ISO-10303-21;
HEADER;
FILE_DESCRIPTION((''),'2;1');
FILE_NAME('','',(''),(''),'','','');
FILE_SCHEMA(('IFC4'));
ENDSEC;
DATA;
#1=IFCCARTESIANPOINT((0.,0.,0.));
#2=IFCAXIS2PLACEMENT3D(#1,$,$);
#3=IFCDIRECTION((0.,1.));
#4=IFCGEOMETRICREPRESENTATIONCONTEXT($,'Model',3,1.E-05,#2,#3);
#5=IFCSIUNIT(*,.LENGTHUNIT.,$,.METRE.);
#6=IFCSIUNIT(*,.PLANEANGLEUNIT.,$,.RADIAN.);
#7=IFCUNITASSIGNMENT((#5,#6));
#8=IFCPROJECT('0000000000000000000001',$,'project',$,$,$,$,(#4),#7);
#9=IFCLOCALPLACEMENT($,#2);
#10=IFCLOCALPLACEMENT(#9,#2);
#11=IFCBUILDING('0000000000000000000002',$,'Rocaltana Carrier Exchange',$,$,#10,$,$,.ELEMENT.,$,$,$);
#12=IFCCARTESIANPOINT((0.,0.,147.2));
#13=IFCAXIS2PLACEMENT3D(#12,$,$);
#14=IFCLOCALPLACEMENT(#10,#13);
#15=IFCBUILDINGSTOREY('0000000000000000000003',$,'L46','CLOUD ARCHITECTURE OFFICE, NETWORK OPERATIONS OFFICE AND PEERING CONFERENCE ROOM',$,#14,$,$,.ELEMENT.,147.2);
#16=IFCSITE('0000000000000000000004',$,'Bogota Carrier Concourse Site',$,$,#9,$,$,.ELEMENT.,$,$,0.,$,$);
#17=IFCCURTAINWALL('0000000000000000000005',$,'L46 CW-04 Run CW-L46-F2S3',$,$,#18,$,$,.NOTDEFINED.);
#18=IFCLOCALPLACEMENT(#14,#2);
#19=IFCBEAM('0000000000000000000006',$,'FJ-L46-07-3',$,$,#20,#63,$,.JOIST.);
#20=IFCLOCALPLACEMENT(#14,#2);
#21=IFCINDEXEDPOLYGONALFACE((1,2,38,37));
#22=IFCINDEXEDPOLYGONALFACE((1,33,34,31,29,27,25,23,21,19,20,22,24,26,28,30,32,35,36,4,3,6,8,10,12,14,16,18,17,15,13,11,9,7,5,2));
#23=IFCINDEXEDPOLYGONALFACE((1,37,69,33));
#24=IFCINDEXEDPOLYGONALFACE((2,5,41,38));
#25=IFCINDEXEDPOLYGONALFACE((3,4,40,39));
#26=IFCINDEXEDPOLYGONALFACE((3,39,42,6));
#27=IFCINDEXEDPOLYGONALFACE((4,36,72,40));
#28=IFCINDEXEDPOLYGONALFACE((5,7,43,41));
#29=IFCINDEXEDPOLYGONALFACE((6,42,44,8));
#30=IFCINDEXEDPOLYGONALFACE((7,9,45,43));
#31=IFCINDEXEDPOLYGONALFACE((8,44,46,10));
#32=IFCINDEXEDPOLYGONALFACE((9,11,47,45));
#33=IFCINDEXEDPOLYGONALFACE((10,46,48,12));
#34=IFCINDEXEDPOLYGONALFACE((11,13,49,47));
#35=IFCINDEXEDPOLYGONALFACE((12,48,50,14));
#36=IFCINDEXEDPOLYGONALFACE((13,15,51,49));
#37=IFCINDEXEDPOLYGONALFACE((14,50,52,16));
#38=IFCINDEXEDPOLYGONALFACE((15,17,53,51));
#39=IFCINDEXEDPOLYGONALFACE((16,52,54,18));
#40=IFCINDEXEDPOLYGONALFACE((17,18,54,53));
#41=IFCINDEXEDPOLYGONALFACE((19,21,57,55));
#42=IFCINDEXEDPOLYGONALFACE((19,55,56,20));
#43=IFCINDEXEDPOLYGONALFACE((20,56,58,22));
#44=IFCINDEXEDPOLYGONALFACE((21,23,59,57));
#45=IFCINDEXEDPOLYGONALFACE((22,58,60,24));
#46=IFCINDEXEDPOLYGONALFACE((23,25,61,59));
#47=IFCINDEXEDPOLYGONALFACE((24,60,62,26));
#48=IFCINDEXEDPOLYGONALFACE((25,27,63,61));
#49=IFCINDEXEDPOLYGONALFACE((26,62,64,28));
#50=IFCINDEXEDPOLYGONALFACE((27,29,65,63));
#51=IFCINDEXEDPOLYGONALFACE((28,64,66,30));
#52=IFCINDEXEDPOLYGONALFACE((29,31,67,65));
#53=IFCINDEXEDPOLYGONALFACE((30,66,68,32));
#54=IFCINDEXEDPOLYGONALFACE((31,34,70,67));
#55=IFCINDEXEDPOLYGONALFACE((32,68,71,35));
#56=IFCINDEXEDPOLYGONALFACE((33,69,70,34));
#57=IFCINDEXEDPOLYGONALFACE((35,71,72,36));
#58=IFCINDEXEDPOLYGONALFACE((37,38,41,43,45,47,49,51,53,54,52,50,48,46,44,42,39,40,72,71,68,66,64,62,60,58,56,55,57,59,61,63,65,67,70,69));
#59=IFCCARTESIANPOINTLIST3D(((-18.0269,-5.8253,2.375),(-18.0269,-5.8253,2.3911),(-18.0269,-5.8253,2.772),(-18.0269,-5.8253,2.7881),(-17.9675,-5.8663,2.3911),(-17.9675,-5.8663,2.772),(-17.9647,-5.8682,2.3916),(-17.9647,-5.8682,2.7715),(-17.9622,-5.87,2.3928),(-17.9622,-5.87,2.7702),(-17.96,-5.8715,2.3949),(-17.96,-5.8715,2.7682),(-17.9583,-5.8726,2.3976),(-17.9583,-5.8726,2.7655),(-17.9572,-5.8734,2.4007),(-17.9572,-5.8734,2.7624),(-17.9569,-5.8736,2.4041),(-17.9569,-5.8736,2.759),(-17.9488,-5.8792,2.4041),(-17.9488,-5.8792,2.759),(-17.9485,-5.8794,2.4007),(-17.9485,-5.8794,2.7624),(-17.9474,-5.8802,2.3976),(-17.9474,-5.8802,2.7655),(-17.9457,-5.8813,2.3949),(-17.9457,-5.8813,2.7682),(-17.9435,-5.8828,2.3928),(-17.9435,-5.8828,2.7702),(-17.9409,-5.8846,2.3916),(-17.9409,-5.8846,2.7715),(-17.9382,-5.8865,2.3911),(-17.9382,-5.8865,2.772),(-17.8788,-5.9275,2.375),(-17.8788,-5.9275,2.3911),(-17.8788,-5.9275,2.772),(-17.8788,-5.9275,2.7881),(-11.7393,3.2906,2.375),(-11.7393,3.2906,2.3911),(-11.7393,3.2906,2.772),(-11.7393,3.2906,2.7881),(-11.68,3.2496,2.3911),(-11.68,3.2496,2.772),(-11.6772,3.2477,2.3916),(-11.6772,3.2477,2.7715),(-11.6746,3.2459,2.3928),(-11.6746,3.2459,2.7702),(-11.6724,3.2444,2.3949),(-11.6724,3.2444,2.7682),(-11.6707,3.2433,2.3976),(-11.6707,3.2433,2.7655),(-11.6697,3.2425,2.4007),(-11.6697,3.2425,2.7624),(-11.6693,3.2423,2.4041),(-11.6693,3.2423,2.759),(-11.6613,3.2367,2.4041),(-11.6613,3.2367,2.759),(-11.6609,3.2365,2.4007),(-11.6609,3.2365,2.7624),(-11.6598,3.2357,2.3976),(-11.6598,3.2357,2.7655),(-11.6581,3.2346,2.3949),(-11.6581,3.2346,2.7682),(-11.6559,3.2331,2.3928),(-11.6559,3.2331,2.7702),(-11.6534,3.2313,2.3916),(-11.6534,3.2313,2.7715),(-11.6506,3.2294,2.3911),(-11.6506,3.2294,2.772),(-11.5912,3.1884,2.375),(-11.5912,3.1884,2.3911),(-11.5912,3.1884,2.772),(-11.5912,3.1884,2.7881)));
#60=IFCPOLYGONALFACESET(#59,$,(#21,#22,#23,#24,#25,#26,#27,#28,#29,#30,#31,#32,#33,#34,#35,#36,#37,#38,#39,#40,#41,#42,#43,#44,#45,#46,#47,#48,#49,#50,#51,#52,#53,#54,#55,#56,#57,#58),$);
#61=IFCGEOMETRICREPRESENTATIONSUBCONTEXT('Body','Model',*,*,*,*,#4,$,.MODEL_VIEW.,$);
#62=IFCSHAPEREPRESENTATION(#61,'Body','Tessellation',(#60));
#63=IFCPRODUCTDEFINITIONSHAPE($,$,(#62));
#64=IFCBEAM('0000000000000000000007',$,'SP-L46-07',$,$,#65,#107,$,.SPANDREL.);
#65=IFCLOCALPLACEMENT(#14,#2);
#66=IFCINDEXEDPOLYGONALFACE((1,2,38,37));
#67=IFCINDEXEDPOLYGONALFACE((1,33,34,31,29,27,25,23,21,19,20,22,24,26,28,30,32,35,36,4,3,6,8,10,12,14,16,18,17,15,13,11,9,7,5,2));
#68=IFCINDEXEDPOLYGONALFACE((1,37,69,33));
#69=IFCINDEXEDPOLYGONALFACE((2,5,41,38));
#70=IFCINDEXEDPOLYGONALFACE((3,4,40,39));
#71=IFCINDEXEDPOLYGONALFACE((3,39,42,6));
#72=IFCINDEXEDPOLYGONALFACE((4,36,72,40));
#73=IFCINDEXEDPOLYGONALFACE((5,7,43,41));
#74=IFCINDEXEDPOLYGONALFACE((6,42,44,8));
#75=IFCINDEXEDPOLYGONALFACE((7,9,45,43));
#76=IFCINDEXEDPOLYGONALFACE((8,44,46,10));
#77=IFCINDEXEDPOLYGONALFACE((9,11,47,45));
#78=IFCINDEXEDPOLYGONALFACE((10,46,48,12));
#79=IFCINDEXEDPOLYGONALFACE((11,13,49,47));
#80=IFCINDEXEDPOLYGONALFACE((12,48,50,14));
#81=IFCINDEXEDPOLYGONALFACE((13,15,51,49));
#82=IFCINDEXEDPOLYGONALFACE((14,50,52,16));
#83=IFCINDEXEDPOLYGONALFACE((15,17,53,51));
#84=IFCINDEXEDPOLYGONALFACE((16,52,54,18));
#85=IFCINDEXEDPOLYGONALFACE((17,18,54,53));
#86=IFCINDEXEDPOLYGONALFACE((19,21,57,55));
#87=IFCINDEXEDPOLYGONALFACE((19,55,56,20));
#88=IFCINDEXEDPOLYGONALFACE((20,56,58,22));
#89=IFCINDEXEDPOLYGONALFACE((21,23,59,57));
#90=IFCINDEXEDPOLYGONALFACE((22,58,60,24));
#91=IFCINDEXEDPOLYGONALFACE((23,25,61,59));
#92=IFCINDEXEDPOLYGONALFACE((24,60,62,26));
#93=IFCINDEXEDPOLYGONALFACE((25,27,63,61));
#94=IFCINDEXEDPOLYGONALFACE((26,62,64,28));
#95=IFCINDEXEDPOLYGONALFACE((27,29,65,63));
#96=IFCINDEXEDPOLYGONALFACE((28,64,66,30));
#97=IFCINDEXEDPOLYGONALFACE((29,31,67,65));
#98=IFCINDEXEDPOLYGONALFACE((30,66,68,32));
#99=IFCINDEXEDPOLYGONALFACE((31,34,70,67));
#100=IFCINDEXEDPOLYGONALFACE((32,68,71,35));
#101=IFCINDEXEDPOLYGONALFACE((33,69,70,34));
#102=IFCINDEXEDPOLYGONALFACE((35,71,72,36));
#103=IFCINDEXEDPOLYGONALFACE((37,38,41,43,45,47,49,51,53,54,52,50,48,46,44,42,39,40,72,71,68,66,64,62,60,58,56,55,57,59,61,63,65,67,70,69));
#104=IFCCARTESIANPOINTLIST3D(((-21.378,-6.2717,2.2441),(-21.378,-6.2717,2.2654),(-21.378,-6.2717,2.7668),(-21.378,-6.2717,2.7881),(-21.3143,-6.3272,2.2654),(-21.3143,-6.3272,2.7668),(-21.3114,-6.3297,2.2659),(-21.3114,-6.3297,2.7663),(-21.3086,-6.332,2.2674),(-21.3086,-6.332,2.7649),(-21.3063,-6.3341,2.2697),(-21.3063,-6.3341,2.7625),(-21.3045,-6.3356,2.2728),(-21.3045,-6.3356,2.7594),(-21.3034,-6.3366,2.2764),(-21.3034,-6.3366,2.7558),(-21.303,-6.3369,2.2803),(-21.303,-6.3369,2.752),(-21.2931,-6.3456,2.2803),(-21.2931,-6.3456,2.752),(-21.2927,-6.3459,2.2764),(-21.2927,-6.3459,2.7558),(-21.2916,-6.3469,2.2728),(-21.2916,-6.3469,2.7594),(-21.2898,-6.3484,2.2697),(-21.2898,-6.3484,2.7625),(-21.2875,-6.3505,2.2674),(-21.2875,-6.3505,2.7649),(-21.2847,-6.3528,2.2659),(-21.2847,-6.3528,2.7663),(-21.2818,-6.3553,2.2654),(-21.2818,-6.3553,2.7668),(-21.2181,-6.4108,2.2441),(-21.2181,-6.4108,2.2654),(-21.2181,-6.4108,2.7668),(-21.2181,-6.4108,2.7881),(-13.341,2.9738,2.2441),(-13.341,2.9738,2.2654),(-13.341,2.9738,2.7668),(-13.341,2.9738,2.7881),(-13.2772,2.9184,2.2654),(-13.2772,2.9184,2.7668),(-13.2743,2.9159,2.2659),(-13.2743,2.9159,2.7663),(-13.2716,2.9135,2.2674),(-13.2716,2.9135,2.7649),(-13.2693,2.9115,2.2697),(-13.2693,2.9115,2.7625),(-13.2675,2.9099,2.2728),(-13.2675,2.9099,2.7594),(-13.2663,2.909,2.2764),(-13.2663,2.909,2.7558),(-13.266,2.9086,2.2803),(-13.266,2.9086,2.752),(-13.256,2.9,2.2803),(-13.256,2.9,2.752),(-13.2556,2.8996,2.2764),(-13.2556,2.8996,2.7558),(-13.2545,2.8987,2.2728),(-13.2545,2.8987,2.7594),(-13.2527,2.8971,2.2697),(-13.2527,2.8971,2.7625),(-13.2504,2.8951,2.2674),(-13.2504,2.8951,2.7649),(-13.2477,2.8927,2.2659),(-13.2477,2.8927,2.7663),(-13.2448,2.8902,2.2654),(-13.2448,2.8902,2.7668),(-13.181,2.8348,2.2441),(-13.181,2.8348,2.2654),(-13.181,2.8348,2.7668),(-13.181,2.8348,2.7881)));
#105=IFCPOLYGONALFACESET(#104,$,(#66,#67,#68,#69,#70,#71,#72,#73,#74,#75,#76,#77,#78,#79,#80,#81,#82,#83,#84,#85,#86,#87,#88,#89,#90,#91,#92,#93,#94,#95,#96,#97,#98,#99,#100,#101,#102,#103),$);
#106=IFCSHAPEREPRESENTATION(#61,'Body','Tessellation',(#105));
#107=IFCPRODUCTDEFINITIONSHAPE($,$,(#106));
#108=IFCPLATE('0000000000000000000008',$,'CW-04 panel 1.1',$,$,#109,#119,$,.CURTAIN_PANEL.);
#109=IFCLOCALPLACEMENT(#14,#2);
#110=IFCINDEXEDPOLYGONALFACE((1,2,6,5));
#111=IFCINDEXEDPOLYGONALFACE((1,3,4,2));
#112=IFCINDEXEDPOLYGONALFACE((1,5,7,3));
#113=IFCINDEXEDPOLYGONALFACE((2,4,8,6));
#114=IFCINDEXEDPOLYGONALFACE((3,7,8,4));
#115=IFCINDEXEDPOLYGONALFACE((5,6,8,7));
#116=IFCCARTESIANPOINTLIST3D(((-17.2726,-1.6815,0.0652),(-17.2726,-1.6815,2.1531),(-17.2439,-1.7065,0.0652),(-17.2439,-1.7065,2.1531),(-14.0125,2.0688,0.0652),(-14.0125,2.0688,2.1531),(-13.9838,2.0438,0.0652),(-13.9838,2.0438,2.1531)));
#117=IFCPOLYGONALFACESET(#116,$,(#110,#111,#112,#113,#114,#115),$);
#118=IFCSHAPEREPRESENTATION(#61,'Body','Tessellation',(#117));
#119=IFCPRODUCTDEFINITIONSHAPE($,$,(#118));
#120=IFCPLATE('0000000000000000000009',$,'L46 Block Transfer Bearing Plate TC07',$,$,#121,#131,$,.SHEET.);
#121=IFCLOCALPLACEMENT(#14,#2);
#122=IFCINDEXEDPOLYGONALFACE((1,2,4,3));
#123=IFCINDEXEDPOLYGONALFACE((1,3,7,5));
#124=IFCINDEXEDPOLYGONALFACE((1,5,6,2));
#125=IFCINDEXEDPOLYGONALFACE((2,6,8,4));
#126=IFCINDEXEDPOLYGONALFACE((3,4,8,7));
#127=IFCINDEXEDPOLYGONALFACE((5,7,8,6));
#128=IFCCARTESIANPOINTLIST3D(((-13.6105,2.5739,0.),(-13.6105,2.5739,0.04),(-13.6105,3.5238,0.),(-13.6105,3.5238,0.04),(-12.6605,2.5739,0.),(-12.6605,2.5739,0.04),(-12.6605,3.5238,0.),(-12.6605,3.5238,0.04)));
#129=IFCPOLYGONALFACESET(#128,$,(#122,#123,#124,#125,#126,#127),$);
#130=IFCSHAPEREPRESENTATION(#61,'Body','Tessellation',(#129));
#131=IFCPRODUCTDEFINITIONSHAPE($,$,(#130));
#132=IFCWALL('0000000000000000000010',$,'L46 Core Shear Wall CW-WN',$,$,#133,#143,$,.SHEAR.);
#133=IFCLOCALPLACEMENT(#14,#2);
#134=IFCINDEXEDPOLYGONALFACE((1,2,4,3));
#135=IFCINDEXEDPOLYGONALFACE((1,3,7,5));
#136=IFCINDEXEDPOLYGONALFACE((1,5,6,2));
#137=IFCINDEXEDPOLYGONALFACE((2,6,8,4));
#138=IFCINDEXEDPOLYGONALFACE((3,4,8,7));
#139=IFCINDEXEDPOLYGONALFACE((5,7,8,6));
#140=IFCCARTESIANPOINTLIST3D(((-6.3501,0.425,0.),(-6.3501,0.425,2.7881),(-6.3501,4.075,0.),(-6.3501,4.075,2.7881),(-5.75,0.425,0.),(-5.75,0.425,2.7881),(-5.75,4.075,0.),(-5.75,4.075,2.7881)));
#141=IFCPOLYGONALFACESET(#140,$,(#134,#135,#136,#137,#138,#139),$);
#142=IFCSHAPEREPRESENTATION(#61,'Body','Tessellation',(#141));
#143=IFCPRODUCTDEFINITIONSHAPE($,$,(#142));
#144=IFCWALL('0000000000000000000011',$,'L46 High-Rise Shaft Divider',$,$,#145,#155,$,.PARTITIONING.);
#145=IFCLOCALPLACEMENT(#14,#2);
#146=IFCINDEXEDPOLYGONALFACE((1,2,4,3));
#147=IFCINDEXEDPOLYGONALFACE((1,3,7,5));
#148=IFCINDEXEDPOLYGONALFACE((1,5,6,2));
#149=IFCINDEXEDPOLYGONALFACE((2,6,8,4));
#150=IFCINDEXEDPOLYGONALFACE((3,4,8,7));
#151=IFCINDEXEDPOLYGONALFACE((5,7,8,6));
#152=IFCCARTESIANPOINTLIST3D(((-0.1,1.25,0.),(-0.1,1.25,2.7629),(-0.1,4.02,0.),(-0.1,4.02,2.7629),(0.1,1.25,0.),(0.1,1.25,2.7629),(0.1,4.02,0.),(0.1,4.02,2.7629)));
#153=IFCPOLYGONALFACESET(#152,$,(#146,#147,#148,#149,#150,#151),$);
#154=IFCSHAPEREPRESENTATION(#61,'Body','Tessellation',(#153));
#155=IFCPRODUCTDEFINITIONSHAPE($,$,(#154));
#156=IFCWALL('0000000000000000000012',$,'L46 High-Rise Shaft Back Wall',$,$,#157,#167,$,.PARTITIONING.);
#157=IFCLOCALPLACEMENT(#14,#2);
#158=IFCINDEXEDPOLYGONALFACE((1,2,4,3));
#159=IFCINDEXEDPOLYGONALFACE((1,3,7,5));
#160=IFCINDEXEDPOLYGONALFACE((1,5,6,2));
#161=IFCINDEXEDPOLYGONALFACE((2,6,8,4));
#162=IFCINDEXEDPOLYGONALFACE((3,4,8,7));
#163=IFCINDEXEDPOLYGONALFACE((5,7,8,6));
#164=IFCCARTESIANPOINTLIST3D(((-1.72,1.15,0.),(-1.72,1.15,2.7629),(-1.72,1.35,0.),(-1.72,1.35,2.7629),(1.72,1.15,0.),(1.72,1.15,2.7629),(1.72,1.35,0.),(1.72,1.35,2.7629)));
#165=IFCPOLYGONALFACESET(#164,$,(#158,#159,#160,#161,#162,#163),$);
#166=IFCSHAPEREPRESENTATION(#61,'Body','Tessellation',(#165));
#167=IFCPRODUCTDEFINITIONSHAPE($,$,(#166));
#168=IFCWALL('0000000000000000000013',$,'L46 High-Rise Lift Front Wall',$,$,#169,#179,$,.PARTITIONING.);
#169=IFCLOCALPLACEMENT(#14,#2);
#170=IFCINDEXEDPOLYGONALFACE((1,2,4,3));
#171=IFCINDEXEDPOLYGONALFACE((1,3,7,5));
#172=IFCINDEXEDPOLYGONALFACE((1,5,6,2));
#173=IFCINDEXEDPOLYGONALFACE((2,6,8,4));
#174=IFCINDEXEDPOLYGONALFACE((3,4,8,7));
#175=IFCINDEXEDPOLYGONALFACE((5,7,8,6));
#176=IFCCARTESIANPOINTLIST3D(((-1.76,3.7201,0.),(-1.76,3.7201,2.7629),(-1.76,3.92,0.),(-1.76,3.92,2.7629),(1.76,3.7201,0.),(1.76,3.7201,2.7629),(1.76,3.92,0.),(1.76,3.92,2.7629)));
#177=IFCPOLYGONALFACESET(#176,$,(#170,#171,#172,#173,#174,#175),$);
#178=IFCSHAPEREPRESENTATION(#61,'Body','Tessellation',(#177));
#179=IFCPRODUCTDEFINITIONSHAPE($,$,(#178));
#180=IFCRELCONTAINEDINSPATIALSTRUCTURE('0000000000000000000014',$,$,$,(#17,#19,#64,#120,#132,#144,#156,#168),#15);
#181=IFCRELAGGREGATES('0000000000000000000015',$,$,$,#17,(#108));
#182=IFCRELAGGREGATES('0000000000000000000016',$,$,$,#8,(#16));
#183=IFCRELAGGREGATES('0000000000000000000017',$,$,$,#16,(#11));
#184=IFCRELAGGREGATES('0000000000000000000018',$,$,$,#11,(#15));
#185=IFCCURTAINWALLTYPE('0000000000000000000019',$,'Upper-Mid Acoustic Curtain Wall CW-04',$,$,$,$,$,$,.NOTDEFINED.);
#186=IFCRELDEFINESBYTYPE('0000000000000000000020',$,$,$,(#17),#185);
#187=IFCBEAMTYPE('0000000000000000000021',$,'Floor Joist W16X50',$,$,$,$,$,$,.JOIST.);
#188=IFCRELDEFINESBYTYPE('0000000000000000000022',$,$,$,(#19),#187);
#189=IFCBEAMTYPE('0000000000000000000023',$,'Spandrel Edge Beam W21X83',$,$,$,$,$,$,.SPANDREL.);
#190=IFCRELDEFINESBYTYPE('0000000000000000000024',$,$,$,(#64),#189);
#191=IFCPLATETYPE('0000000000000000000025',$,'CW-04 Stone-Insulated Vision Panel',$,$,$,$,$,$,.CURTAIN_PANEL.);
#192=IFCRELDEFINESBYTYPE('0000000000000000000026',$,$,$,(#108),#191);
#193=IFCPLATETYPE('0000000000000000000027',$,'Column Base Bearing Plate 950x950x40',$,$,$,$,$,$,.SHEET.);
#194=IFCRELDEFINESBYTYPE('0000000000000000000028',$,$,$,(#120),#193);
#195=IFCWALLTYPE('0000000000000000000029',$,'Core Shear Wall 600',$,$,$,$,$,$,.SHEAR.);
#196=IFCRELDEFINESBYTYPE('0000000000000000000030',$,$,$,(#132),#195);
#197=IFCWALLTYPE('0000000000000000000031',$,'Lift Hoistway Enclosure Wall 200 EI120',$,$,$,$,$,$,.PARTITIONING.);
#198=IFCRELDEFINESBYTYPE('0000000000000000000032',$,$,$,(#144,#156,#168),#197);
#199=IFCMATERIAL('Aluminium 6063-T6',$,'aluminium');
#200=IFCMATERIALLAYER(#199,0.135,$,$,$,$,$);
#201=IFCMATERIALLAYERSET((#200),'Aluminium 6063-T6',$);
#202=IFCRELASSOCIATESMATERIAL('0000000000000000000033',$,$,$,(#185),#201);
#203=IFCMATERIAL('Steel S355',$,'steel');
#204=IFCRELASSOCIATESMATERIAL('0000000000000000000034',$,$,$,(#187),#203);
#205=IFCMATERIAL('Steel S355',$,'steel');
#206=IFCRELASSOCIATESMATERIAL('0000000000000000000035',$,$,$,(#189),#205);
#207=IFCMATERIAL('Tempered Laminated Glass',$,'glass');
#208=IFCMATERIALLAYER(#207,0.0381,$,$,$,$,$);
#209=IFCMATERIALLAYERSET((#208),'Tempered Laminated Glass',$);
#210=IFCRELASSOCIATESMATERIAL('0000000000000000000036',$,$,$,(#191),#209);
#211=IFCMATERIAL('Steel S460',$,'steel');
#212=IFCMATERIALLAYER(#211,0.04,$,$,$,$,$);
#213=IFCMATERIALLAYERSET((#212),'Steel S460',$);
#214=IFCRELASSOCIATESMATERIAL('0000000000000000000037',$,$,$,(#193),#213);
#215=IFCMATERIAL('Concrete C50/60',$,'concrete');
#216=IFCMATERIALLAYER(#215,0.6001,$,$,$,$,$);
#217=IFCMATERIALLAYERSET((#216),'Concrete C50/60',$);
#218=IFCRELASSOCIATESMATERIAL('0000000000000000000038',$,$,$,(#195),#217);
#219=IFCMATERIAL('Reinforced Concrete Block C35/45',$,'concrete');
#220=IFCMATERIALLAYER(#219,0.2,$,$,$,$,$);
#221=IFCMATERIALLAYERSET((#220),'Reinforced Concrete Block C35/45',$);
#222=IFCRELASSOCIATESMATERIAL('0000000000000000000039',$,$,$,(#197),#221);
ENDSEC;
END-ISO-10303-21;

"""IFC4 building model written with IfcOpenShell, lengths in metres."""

from ifc_helpers import new_model, si_unit, direction, frame, frame_2d, origin, origin_2d, place, context, subcontext, project, spatial, rectangle, i_section, extrude, material, layer, layer_set, material_profile, profile_set, type_object, element, aggregate, save


model = new_model("IFC4")

# Units and contexts
model_context = context("Model", 3, precision=1e-05, world=origin(), true_north=direction((0.0, 1.0)))
body_context = subcontext(model_context, "Body", "Model", "MODEL_VIEW")
ifc_project = project(units=[si_unit("LENGTHUNIT", "METRE"), si_unit("PLANEANGLEUNIT", "RADIAN")], contexts=[model_context])

# Site, building, storey
site_placement = place(None, origin())
site = spatial("IfcSite", under=ifc_project, at=site_placement, Name="Bogota Carrier Concourse Site", CompositionType="ELEMENT", RefElevation=0.0)
building_placement = place(site_placement, origin())
building = spatial("IfcBuilding", under=site, at=building_placement, Name="Rocaltana Carrier Exchange", CompositionType="ELEMENT")
storey_placement = place(building_placement, frame((0.0, 0.0, 147.2)))
storey = spatial("IfcBuildingStorey", under=building, at=storey_placement, Name="L46", Description="CLOUD ARCHITECTURE OFFICE, NETWORK OPERATIONS OFFICE AND PEERING CONFERENCE ROOM", CompositionType="ELEMENT", Elevation=147.2)

# Shared definitions
ifc_material_1 = material(Name="Aluminium 6063-T6", Category="aluminium")
ifc_layer_1 = layer(ifc_material_1, 0.135)
ifc_layer_set_1 = layer_set([ifc_layer_1], Name="Aluminium 6063-T6")
curtain_wall_type = type_object("IfcCurtainWallType", Name="Upper-Mid Acoustic Curtain Wall CW-04", PredefinedType="NOTDEFINED", material=ifc_layer_set_1)

# Curtain wall
curtain_wall_1_placement = place(storey_placement, origin())
curtain_wall_1 = element("IfcCurtainWall", 1, at=curtain_wall_1_placement, inside=storey, type_object=curtain_wall_type, Name="L46 CW-04 Run CW-L46-F2S3", PredefinedType="NOTDEFINED")

# Beams
ifc_material_2 = material(Name="Steel S355", Category="steel")
ifc_material_profile_1 = material_profile(ifc_material_2, i_section(OverallWidth=0.1799, OverallDepth=0.4131, WebThickness=0.0098, FlangeThickness=0.0161, FilletRadius=0.0129, at=origin_2d()), Name="W16X50")
ifc_profile_set_1 = profile_set([ifc_material_profile_1], Name="Steel S355")
beam_type_1 = type_object("IfcBeamType", Name="Floor Joist W16X50", PredefinedType="JOIST", material=ifc_profile_set_1)
beam_1_placement = place(storey_placement, frame((-11.6653, 3.2395, 2.5815), z_axis=(-0.567777, -0.823182, 0.0), x_axis=(0.823182, -0.567777, 0.0)))
element("IfcBeam", 2, at=beam_1_placement, inside=storey, type_object=beam_type_1, Name="FJ-L46-07-3", PredefinedType="JOIST", context=body_context, shape_type="SweptSolid", body=[
    extrude(i_section(OverallWidth=0.1799, OverallDepth=0.4131, WebThickness=0.0098, FlangeThickness=0.0161, FilletRadius=0.0129, at=origin_2d()), origin(), (0.0, 0.0, 1.0), 11.074),
])
ifc_material_3 = material(Name="Steel S355", Category="steel")
ifc_material_profile_2 = material_profile(ifc_material_3, i_section(OverallWidth=0.2119, OverallDepth=0.5439, WebThickness=0.0132, FlangeThickness=0.0212, FilletRadius=0.0149, at=origin_2d()), Name="W21X83")
ifc_profile_set_2 = profile_set([ifc_material_profile_2], Name="Steel S355")
beam_type_2 = type_object("IfcBeamType", Name="Spandrel Edge Beam W21X83", PredefinedType="SPANDREL", material=ifc_profile_set_2)
beam_2_placement = place(storey_placement, frame((-13.261, 2.9043, 2.5161), z_axis=(-0.65606, -0.754708, 0.0), x_axis=(0.754708, -0.65606, 0.0)))
element("IfcBeam", 3, at=beam_2_placement, inside=storey, type_object=beam_type_2, Name="SP-L46-07", PredefinedType="SPANDREL", context=body_context, shape_type="SweptSolid", body=[
    extrude(i_section(OverallWidth=0.2119, OverallDepth=0.5439, WebThickness=0.0132, FlangeThickness=0.0212, FilletRadius=0.0149, at=origin_2d()), origin(), (0.0, 0.0, 1.0), 12.2505),
])

# Plates
ifc_material_4 = material(Name="Tempered Laminated Glass", Category="glass")
ifc_layer_2 = layer(ifc_material_4, 0.0381)
ifc_layer_set_2 = layer_set([ifc_layer_2], Name="Tempered Laminated Glass")
plate_type_1 = type_object("IfcPlateType", Name="CW-04 Stone-Insulated Vision Panel", PredefinedType="CURTAIN_PANEL", material=ifc_layer_set_2)
plate_1_placement = place(storey_placement, frame((-15.6282, 0.1812, 0.0652), z_axis=(0.0, 0.0, 1.0), x_axis=(-0.656057, -0.754712, 0.0)))
plate_1 = element("IfcPlate", 4, at=plate_1_placement, type_object=plate_type_1, Name="CW-04 panel 1.1", PredefinedType="CURTAIN_PANEL", context=body_context, shape_type="SweptSolid", body=[
    extrude(rectangle(XDim=4.9692, YDim=0.0381, at=origin_2d()), origin(), (0.0, 0.0, 1.0), 2.0879),
])
aggregate(curtain_wall_1, [plate_1])
ifc_material_5 = material(Name="Steel S460", Category="steel")
ifc_layer_3 = layer(ifc_material_5, 0.04)
ifc_layer_set_3 = layer_set([ifc_layer_3], Name="Steel S460")
plate_type_2 = type_object("IfcPlateType", Name="Column Base Bearing Plate 950x950x40", PredefinedType="SHEET", material=ifc_layer_set_3)
plate_2_placement = place(storey_placement, frame((-13.1355, 3.0488, 0.0), z_axis=(0.0, 0.0, 1.0), x_axis=(1.0, 0.0, 0.0)))
element("IfcPlate", 5, at=plate_2_placement, inside=storey, type_object=plate_type_2, Name="L46 Block Transfer Bearing Plate TC07", PredefinedType="SHEET", context=body_context, shape_type="SweptSolid", body=[
    extrude(rectangle(XDim=0.95, YDim=0.95, at=origin_2d()), origin(), (0.0, 0.0, 1.0), 0.04),
])

# Walls
ifc_material_6 = material(Name="Concrete C50/60", Category="concrete")
ifc_layer_4 = layer(ifc_material_6, 0.6001)
ifc_layer_set_4 = layer_set([ifc_layer_4], Name="Concrete C50/60")
wall_type_1 = type_object("IfcWallType", Name="Core Shear Wall 600", PredefinedType="SHEAR", material=ifc_layer_set_4)
wall_1_placement = place(storey_placement, frame((-6.05, 0.425, 0.0), z_axis=(0.0, 0.0, 1.0), x_axis=(0.0, 1.0, 0.0)))
element("IfcWall", 6, at=wall_1_placement, inside=storey, type_object=wall_type_1, Name="L46 Core Shear Wall CW-WN", PredefinedType="SHEAR", context=body_context, shape_type="SweptSolid", body=[
    extrude(rectangle(XDim=3.6499, YDim=0.6001, at=frame_2d((1.825, 0.0))), origin(), (0.0, 0.0, 1.0), 2.7881),
])
ifc_material_7 = material(Name="Reinforced Concrete Block C35/45", Category="concrete")
ifc_layer_5 = layer(ifc_material_7, 0.2)
ifc_layer_set_5 = layer_set([ifc_layer_5], Name="Reinforced Concrete Block C35/45")
wall_type_2 = type_object("IfcWallType", Name="Lift Hoistway Enclosure Wall 200 EI120", PredefinedType="PARTITIONING", material=ifc_layer_set_5)
wall_2_placement = place(storey_placement, frame((0.0, 1.25, 0.0), z_axis=(0.0, 0.0, 1.0), x_axis=(0.0, 1.0, 0.0)))
element("IfcWall", 7, at=wall_2_placement, inside=storey, type_object=wall_type_2, Name="L46 High-Rise Shaft Divider", PredefinedType="PARTITIONING", context=body_context, shape_type="SweptSolid", body=[
    extrude(rectangle(XDim=2.77, YDim=0.2, at=frame_2d((1.385, 0.0))), origin(), (0.0, 0.0, 1.0), 2.7629),
])
wall_3_placement = place(storey_placement, frame((-1.72, 1.25, 0.0), z_axis=(0.0, 0.0, 1.0), x_axis=(1.0, 0.0, 0.0)))
element("IfcWall", 8, at=wall_3_placement, inside=storey, type_object=wall_type_2, Name="L46 High-Rise Shaft Back Wall", PredefinedType="PARTITIONING", context=body_context, shape_type="SweptSolid", body=[
    extrude(rectangle(XDim=3.4399, YDim=0.2, at=frame_2d((1.72, 0.0))), origin(), (0.0, 0.0, 1.0), 2.7629),
])
wall_4_placement = place(storey_placement, frame((-1.76, 3.8201, 0.0), z_axis=(0.0, 0.0, 1.0), x_axis=(1.0, 0.0, 0.0)))
element("IfcWall", 9, at=wall_4_placement, inside=storey, type_object=wall_type_2, Name="L46 High-Rise Lift Front Wall", PredefinedType="PARTITIONING", context=body_context, shape_type="SweptSolid", body=[
    extrude(rectangle(XDim=3.52, YDim=0.2, at=frame_2d((1.76, 0.0))), origin(), (0.0, 0.0, 1.0), 2.7629),
])

save(model, "model.ifc")
